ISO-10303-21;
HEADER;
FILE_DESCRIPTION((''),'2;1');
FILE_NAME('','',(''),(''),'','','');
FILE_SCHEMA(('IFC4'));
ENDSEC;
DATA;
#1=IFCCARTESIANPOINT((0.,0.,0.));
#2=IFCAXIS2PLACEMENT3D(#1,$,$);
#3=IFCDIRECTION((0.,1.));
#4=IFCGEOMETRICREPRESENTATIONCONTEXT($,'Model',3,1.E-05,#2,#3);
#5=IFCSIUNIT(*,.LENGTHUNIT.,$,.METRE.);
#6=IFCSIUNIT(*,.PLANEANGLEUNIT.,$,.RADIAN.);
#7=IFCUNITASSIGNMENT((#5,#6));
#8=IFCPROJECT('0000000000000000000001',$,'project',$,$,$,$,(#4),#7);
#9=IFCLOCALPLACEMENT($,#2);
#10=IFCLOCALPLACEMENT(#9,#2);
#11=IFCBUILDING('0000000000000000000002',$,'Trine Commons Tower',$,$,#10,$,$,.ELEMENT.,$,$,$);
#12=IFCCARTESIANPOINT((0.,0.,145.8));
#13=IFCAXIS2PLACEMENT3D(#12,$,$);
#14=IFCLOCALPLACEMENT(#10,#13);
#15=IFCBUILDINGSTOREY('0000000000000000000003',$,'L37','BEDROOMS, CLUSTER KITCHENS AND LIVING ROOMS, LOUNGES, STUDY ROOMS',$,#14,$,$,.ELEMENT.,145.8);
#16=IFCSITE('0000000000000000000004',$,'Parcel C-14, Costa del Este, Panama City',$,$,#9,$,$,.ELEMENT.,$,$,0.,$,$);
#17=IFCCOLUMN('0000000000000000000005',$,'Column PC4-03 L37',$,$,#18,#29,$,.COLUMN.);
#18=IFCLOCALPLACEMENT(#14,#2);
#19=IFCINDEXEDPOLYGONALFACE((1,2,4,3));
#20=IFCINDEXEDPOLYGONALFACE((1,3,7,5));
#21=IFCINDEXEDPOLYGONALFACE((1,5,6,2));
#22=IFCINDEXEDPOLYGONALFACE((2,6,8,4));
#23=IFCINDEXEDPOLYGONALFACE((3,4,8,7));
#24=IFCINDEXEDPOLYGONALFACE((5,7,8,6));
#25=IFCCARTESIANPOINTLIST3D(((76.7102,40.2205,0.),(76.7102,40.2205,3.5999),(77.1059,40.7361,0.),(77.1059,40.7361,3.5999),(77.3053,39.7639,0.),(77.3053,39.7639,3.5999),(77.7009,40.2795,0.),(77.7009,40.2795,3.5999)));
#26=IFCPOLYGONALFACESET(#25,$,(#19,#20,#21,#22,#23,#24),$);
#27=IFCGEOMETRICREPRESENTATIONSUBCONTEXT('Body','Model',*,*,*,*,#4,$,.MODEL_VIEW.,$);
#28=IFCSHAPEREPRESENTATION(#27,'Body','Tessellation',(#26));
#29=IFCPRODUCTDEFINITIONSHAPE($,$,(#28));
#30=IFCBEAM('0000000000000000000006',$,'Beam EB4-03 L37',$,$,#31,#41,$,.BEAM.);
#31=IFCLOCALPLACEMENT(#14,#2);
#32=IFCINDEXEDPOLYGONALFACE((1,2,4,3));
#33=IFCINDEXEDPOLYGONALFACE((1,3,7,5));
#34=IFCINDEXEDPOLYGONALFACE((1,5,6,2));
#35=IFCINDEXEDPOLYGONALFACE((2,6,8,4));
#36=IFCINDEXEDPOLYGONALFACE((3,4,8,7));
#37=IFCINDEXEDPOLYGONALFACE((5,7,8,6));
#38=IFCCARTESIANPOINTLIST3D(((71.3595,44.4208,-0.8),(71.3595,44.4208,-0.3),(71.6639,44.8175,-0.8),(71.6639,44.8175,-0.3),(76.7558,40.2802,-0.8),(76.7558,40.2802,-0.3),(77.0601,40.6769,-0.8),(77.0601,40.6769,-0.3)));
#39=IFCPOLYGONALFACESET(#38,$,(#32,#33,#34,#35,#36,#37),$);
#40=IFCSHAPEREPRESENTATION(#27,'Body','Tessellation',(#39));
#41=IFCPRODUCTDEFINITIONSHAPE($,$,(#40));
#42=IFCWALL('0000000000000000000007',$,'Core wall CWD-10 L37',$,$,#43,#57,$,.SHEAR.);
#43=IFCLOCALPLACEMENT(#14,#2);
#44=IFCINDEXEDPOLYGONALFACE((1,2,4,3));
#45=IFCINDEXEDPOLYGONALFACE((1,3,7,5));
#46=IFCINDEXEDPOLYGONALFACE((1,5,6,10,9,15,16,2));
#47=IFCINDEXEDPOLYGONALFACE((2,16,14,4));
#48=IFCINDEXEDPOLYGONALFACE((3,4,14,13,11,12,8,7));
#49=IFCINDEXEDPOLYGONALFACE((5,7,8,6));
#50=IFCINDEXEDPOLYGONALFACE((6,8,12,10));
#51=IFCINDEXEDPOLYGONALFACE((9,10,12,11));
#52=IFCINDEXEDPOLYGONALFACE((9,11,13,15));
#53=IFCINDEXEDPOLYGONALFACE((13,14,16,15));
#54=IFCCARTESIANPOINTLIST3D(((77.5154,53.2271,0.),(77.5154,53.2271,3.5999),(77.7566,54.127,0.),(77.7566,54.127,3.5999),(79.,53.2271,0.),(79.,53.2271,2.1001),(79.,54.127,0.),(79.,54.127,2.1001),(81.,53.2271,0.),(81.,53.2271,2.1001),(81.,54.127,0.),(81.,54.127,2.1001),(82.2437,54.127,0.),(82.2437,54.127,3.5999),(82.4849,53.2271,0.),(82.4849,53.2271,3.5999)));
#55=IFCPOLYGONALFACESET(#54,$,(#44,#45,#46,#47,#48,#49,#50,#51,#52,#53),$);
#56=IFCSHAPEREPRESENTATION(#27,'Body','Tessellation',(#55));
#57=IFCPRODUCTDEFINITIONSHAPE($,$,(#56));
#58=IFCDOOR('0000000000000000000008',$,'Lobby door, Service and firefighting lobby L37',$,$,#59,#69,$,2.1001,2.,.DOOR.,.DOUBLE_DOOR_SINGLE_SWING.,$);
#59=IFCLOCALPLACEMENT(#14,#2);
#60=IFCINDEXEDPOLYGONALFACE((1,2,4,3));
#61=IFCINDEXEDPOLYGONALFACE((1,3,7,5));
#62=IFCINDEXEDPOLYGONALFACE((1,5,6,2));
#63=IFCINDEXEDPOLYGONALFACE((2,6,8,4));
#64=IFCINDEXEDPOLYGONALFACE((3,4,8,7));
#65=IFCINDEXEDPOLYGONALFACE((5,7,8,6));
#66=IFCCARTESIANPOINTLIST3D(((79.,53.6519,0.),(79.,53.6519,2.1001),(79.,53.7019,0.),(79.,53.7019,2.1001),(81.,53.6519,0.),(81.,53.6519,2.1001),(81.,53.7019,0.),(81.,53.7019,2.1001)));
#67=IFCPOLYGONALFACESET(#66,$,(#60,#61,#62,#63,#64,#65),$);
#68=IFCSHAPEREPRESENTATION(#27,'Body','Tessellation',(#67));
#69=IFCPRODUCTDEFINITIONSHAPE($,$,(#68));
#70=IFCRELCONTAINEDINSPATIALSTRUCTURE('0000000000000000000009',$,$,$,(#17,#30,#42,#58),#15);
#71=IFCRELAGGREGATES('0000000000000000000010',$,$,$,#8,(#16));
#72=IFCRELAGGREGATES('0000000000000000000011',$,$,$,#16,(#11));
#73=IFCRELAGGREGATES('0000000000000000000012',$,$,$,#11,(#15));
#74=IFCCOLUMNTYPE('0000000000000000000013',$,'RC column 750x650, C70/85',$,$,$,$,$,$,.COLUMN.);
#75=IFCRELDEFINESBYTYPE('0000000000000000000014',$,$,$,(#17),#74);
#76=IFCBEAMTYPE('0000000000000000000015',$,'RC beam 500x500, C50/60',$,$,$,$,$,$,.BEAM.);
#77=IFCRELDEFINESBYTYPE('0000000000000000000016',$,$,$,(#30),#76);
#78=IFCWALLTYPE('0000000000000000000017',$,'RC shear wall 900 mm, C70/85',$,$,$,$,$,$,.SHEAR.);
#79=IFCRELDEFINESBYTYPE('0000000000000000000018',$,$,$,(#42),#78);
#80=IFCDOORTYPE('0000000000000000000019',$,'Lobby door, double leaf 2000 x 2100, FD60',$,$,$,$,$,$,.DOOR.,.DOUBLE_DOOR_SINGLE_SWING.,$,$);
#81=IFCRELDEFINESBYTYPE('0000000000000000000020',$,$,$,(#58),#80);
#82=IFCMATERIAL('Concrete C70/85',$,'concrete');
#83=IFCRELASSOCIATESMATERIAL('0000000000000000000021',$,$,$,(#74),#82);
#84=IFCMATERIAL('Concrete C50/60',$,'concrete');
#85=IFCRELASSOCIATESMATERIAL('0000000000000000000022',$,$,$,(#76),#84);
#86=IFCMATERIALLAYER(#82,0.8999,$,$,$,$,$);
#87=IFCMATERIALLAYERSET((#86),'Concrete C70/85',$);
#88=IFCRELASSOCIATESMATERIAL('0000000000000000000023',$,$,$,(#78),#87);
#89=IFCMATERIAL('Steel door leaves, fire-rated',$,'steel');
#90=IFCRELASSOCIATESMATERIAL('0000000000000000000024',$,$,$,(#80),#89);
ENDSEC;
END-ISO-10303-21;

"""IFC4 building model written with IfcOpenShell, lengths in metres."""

from ifc_helpers import new_model, si_unit, direction, frame, frame_2d, origin, origin_2d, place, context, subcontext, project, spatial, polyline, rectangle, outline, extrude, material, layer, layer_set, material_profile, profile_set, type_object, element, fill, save


model = new_model("IFC4")

# Units and contexts
model_context = context("Model", 3, precision=1e-05, world=origin(), true_north=direction((0.0, 1.0)))
body_context = subcontext(model_context, "Body", "Model", "MODEL_VIEW")
ifc_project = project(units=[si_unit("LENGTHUNIT", "METRE"), si_unit("PLANEANGLEUNIT", "RADIAN")], contexts=[model_context])

# Site, building, storey
site_placement = place(None, origin())
site = spatial("IfcSite", under=ifc_project, at=site_placement, Name="Parcel C-14, Costa del Este, Panama City", CompositionType="ELEMENT", RefElevation=0.0)
building_placement = place(site_placement, origin())
building = spatial("IfcBuilding", under=site, at=building_placement, Name="Trine Commons Tower", CompositionType="ELEMENT")
storey_placement = place(building_placement, frame((0.0, 0.0, 145.8)))
storey = spatial("IfcBuildingStorey", under=building, at=storey_placement, Name="L37", Description="BEDROOMS, CLUSTER KITCHENS AND LIVING ROOMS, LOUNGES, STUDY ROOMS", CompositionType="ELEMENT", Elevation=145.8)

# Column
ifc_material_1 = material(Name="Concrete C70/85", Category="concrete")
ifc_material_profile_1 = material_profile(ifc_material_1, rectangle(XDim=0.75, YDim=0.6499, at=origin_2d()), Name="RC 750x650")
ifc_profile_set_1 = profile_set([ifc_material_profile_1], Name="Concrete C70/85")
column_type = type_object("IfcColumnType", Name="RC column 750x650, C70/85", PredefinedType="COLUMN", material=ifc_profile_set_1)
column_placement = place(storey_placement, frame((77.2056, 40.25, 0.0), z_axis=(0.0, 0.0, 1.0), x_axis=(-0.793353, 0.608761, 0.0)))
element("IfcColumn", 1, at=column_placement, inside=storey, type_object=column_type, Name="Column PC4-03 L37", PredefinedType="COLUMN", context=body_context, shape_type="SweptSolid", body=[
    extrude(rectangle(XDim=0.75, YDim=0.6499, at=origin_2d()), origin(), (0.0, 0.0, 1.0), 3.5999),
])

# Beam
ifc_material_2 = material(Name="Concrete C50/60", Category="concrete")
ifc_material_profile_2 = material_profile(ifc_material_2, rectangle(XDim=0.5, YDim=0.5, at=origin_2d()), Name="RC 500x500")
ifc_profile_set_2 = profile_set([ifc_material_profile_2], Name="Concrete C50/60")
beam_type = type_object("IfcBeamType", Name="RC beam 500x500, C50/60", PredefinedType="BEAM", material=ifc_profile_set_2)
beam_placement = place(storey_placement, frame((76.908, 40.4785, -0.55), z_axis=(-0.793357, 0.608756, 0.0), x_axis=(-0.608756, -0.793357, 0.0)))
element("IfcBeam", 2, at=beam_placement, inside=storey, type_object=beam_type, Name="Beam EB4-03 L37", PredefinedType="BEAM", context=body_context, shape_type="SweptSolid", body=[
    extrude(rectangle(XDim=0.5, YDim=0.5, at=origin_2d()), origin(), (0.0, 0.0, 1.0), 6.8018),
])

# Wall, opening, door
ifc_layer_1 = layer(ifc_material_1, 0.8999)
ifc_layer_set_1 = layer_set([ifc_layer_1], Name="Concrete C70/85")
wall_type_1 = type_object("IfcWallType", Name="RC shear wall 900 mm, C70/85", PredefinedType="SHEAR", material=ifc_layer_set_1)
wall_1_placement = place(storey_placement, frame((77.5154, 53.677, 0.0), z_axis=(0.0, 0.0, 1.0), x_axis=(1.0, 0.0, 0.0)))
wall_1 = element("IfcWall", 3, at=wall_1_placement, inside=storey, type_object=wall_type_1, Name="Core wall CWD-10 L37", PredefinedType="SHEAR", context=body_context, shape_type="SweptSolid", body=[
    extrude(outline(polyline([(0.0, -0.45), (4.9695, -0.45), (4.7283, 0.45), (0.2412, 0.45), (0.0, -0.45)])), origin(), (0.0, 0.0, 1.0), 3.5999),
])
opening_1_placement = place(wall_1_placement, frame((1.4846, 0.0, 0.0)))
opening_1 = element("IfcOpeningElement", 4, at=opening_1_placement, cuts=wall_1, PredefinedType="OPENING", context=body_context, shape_type="SweptSolid", body=[
    extrude(rectangle(XDim=2.0, YDim=2.1001, at=frame_2d((1.0, 1.05))), frame((0.0, 0.46, 0.0), z_axis=(0.0, -1.0, 0.0), x_axis=(1.0, 0.0, 0.0)), (0.0, 0.0, 1.0), 0.9199),
])
ifc_material_3 = material(Name="Steel door leaves, fire-rated", Category="steel")
door_type_1 = type_object("IfcDoorType", Name="Lobby door, double leaf 2000 x 2100, FD60", OperationType="DOUBLE_DOOR_SINGLE_SWING", PredefinedType="DOOR", material=ifc_material_3)
door_1_placement = place(opening_1_placement, origin())
door_1 = element("IfcDoor", 5, at=door_1_placement, inside=storey, type_object=door_type_1, Name="Lobby door, Service and firefighting lobby L37", OperationType="DOUBLE_DOOR_SINGLE_SWING", OverallHeight=2.1001, OverallWidth=2.0, PredefinedType="DOOR", context=body_context, shape_type="SweptSolid", body=[
    extrude(rectangle(XDim=2.0, YDim=2.1001, at=frame_2d((1.0, 1.05))), frame((0.0, 0.0249, 0.0), z_axis=(0.0, -1.0, 0.0), x_axis=(1.0, 0.0, 0.0)), (0.0, 0.0, 1.0), 0.05),
])
fill(opening_1, door_1)

save(model, "model.ifc")
